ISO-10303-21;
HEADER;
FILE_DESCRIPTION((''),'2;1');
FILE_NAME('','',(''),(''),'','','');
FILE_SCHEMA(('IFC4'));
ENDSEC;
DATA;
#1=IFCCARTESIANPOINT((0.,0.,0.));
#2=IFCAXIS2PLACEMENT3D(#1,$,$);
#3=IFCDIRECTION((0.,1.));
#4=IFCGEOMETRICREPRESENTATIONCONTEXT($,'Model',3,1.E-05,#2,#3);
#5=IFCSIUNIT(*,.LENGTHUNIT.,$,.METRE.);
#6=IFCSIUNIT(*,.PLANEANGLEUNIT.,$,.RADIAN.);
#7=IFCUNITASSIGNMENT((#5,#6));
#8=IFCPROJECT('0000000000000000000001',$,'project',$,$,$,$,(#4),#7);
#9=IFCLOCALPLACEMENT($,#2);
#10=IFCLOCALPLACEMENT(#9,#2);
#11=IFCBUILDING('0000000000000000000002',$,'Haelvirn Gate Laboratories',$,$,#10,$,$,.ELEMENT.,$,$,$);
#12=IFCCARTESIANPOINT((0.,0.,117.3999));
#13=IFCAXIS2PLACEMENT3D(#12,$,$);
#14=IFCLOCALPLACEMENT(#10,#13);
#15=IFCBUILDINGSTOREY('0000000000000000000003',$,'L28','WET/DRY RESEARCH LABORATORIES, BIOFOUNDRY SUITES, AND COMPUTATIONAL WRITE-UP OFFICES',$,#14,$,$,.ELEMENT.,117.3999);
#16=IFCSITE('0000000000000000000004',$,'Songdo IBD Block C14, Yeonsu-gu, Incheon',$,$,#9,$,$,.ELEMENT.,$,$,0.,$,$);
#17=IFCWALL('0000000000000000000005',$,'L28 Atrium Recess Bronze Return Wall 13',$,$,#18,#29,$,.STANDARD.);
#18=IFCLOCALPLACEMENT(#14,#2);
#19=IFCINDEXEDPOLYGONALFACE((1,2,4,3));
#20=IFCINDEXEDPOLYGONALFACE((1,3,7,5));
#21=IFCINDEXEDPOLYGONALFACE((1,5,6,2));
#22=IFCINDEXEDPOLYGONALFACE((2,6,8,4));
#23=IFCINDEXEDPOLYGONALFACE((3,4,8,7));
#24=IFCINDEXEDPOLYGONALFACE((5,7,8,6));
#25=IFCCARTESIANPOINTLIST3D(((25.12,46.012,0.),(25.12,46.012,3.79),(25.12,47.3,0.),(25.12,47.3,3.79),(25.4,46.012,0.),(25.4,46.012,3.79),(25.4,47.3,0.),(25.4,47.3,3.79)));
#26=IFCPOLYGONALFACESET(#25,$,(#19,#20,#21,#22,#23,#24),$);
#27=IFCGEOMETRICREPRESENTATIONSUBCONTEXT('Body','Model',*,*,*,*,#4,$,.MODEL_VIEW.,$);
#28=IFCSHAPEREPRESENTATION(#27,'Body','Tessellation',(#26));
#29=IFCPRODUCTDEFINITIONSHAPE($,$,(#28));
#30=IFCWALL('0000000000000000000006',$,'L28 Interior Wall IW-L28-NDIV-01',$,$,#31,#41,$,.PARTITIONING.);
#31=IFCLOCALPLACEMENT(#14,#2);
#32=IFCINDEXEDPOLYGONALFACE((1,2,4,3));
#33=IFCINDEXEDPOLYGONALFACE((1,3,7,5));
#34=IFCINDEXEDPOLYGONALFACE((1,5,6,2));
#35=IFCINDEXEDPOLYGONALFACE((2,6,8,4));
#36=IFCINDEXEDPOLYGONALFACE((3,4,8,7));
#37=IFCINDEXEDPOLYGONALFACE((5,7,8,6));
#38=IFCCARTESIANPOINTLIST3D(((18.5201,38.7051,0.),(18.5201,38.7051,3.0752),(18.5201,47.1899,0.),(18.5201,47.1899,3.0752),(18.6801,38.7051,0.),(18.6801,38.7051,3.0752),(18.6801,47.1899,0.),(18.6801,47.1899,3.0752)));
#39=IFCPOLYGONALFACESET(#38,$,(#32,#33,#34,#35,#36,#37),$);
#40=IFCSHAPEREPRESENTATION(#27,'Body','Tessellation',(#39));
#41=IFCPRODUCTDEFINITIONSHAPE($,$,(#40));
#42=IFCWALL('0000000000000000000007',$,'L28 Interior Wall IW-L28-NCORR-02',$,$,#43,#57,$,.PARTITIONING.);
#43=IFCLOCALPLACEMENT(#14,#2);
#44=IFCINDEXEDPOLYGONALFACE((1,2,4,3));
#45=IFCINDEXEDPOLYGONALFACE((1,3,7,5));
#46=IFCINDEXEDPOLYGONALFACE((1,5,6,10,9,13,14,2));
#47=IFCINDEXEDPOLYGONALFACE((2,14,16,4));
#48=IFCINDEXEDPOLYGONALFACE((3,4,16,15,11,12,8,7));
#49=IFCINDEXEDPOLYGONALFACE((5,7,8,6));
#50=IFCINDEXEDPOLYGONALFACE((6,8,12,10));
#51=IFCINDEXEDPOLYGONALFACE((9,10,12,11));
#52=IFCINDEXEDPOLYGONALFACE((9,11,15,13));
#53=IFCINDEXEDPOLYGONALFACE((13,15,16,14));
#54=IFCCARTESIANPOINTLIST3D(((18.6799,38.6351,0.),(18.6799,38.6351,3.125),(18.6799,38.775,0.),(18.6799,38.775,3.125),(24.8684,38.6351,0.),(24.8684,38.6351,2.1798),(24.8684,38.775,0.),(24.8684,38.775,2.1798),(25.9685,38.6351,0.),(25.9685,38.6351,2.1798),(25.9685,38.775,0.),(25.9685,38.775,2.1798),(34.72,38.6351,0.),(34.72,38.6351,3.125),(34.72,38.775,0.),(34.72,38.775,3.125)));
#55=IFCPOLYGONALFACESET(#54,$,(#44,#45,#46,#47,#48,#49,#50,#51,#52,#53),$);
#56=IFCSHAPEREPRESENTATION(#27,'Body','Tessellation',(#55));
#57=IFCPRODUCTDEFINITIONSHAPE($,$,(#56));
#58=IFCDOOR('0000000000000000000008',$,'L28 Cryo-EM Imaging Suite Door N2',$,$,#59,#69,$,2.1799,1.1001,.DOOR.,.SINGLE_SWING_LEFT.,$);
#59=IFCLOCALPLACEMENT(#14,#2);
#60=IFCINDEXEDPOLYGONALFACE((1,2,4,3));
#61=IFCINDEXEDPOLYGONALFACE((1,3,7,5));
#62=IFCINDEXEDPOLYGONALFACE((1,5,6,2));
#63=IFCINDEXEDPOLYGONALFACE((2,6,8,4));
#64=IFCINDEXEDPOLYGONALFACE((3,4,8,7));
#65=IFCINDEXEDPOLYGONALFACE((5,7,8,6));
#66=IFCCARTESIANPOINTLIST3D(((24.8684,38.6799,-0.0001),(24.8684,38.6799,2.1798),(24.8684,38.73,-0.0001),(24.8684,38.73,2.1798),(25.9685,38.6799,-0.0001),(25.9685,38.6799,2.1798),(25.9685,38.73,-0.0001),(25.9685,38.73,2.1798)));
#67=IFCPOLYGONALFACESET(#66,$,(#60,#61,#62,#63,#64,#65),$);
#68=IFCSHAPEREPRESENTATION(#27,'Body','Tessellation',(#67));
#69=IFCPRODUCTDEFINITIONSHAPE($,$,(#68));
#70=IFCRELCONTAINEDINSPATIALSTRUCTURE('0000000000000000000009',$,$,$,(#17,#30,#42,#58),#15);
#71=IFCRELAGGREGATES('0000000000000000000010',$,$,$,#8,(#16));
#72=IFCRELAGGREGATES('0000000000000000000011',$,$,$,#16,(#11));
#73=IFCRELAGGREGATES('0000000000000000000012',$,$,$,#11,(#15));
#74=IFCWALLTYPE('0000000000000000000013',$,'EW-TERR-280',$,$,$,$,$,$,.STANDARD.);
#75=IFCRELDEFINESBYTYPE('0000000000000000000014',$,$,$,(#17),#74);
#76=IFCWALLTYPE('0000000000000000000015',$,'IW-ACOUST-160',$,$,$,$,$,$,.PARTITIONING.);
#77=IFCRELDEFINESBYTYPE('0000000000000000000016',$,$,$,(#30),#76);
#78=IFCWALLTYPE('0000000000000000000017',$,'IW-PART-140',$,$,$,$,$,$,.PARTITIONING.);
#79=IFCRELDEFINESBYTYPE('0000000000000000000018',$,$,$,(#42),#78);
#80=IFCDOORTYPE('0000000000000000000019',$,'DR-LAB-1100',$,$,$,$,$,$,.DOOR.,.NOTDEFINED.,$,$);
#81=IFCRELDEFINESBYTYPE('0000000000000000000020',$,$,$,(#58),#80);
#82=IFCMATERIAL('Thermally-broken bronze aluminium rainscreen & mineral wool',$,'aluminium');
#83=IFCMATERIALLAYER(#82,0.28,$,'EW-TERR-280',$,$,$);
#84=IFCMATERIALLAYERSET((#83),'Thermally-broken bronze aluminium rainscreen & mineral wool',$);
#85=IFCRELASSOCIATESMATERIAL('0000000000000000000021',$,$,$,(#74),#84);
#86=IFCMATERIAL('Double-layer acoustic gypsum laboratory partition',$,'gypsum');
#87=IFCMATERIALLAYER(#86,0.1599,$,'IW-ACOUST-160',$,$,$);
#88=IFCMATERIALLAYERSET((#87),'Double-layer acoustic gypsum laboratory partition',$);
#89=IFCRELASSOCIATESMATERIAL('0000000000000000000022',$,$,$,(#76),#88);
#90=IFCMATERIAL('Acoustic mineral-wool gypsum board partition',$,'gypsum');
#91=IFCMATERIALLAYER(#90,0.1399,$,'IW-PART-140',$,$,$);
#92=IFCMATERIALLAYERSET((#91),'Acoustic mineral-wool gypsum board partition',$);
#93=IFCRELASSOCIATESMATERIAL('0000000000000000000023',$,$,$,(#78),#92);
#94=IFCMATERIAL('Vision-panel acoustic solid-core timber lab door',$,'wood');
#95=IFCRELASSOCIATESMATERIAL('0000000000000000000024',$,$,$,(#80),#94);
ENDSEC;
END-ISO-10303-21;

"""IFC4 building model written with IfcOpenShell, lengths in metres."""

from ifc_helpers import new_model, si_unit, direction, frame, frame_2d, origin, place, context, subcontext, project, spatial, rectangle, extrude, source, transform, mapped, material, layer, layer_set, type_object, type_shapes, element, fill, save


model = new_model("IFC4")

# Units and contexts
model_context = context("Model", 3, precision=1e-05, world=origin(), true_north=direction((0.0, 1.0)))
body_context = subcontext(model_context, "Body", "Model", "MODEL_VIEW")
ifc_project = project(units=[si_unit("LENGTHUNIT", "METRE"), si_unit("PLANEANGLEUNIT", "RADIAN")], contexts=[model_context])

# Site, building, storey
site_placement = place(None, origin())
site = spatial("IfcSite", under=ifc_project, at=site_placement, Name="Songdo IBD Block C14, Yeonsu-gu, Incheon", CompositionType="ELEMENT", RefElevation=0.0)
building_placement = place(site_placement, origin())
building = spatial("IfcBuilding", under=site, at=building_placement, Name="Haelvirn Gate Laboratories", CompositionType="ELEMENT")
storey_placement = place(building_placement, frame((0.0, 0.0, 117.3999)))
storey = spatial("IfcBuildingStorey", under=building, at=storey_placement, Name="L28", Description="WET/DRY RESEARCH LABORATORIES, BIOFOUNDRY SUITES, AND COMPUTATIONAL WRITE-UP OFFICES", CompositionType="ELEMENT", Elevation=117.3999)

# Walls
ifc_material_1 = material(Name="Thermally-broken bronze aluminium rainscreen & mineral wool", Category="aluminium")
ifc_layer_1 = layer(ifc_material_1, 0.28, Name="EW-TERR-280")
ifc_layer_set_1 = layer_set([ifc_layer_1], Name="Thermally-broken bronze aluminium rainscreen & mineral wool")
wall_type_1 = type_object("IfcWallType", Name="EW-TERR-280", PredefinedType="STANDARD", material=ifc_layer_set_1)
wall_1_placement = place(storey_placement, frame((25.26, 46.012, 0.0), z_axis=(0.0, 0.0, 1.0), x_axis=(0.0, 1.0, 0.0)))
element("IfcWall", 1, at=wall_1_placement, inside=storey, type_object=wall_type_1, Name="L28 Atrium Recess Bronze Return Wall 13", PredefinedType="STANDARD", context=body_context, shape_type="SweptSolid", body=[
    extrude(rectangle(XDim=1.2881, YDim=0.28, at=frame_2d((0.644, 0.0))), origin(), (0.0, 0.0, 1.0), 3.79),
])
ifc_material_2 = material(Name="Double-layer acoustic gypsum laboratory partition", Category="gypsum")
ifc_layer_2 = layer(ifc_material_2, 0.1599, Name="IW-ACOUST-160")
ifc_layer_set_2 = layer_set([ifc_layer_2], Name="Double-layer acoustic gypsum laboratory partition")
wall_type_2 = type_object("IfcWallType", Name="IW-ACOUST-160", PredefinedType="PARTITIONING", material=ifc_layer_set_2)
wall_2_placement = place(storey_placement, frame((18.6001, 38.7051, 0.0), z_axis=(0.0, 0.0, 1.0), x_axis=(0.0, 1.0, 0.0)))
element("IfcWall", 2, at=wall_2_placement, inside=storey, type_object=wall_type_2, Name="L28 Interior Wall IW-L28-NDIV-01", PredefinedType="PARTITIONING", context=body_context, shape_type="SweptSolid", body=[
    extrude(rectangle(XDim=8.4849, YDim=0.1599, at=frame_2d((4.2424, 0.0))), origin(), (0.0, 0.0, 1.0), 3.0752),
])

# Wall, opening, door
ifc_material_3 = material(Name="Acoustic mineral-wool gypsum board partition", Category="gypsum")
ifc_layer_3 = layer(ifc_material_3, 0.1399, Name="IW-PART-140")
ifc_layer_set_3 = layer_set([ifc_layer_3], Name="Acoustic mineral-wool gypsum board partition")
wall_type_3 = type_object("IfcWallType", Name="IW-PART-140", PredefinedType="PARTITIONING", material=ifc_layer_set_3)
wall_3_placement = place(storey_placement, frame((18.6799, 38.7051, 0.0), z_axis=(0.0, 0.0, 1.0), x_axis=(1.0, 0.0, 0.0)))
wall_3 = element("IfcWall", 3, at=wall_3_placement, inside=storey, type_object=wall_type_3, Name="L28 Interior Wall IW-L28-NCORR-02", PredefinedType="PARTITIONING", context=body_context, shape_type="SweptSolid", body=[
    extrude(rectangle(XDim=16.04, YDim=0.1399, at=frame_2d((8.02, 0.0))), origin(), (0.0, 0.0, 1.0), 3.125),
])
opening_placement = place(wall_3_placement, frame((6.1885, 0.0, 0.0)))
opening = element("IfcOpeningElement", 4, at=opening_placement, cuts=wall_3, PredefinedType="OPENING", context=body_context, shape_type="SweptSolid", body=[
    extrude(rectangle(XDim=1.1001, YDim=2.1799, at=frame_2d((0.55, 1.0898))), frame((0.0, 0.0801, 0.0), z_axis=(0.0, -1.0, 0.0), x_axis=(1.0, 0.0, 0.0)), (0.0, 0.0, 1.0), 0.1599),
])
ifc_material_4 = material(Name="Vision-panel acoustic solid-core timber lab door", Category="wood")
door_type = type_object("IfcDoorType", Name="DR-LAB-1100", OperationType="NOTDEFINED", PredefinedType="DOOR", material=ifc_material_4)
shared_shape_1 = source(origin(), body_context, "Body", "SweptSolid", [
    extrude(rectangle(XDim=1.1001, YDim=2.1799, at=frame_2d((0.55, 1.0898))), frame((0.0, 0.0249, 0.0), z_axis=(0.0, -1.0, 0.0), x_axis=(1.0, 0.0, 0.0)), (0.0, 0.0, 1.0), 0.05),
])
type_shapes(door_type, [shared_shape_1])
door_placement = place(opening_placement, origin())
door = element("IfcDoor", 5, at=door_placement, inside=storey, type_object=door_type, Name="L28 Cryo-EM Imaging Suite Door N2", OperationType="SINGLE_SWING_LEFT", OverallHeight=2.1799, OverallWidth=1.1001, PredefinedType="DOOR", context=body_context, shape_type="MappedRepresentation", body=[
    mapped(shared_shape_1, transform((0.0, 0.0, 0.0), scale=1.0)),
])
fill(opening, door)

save(model, "model.ifc")
